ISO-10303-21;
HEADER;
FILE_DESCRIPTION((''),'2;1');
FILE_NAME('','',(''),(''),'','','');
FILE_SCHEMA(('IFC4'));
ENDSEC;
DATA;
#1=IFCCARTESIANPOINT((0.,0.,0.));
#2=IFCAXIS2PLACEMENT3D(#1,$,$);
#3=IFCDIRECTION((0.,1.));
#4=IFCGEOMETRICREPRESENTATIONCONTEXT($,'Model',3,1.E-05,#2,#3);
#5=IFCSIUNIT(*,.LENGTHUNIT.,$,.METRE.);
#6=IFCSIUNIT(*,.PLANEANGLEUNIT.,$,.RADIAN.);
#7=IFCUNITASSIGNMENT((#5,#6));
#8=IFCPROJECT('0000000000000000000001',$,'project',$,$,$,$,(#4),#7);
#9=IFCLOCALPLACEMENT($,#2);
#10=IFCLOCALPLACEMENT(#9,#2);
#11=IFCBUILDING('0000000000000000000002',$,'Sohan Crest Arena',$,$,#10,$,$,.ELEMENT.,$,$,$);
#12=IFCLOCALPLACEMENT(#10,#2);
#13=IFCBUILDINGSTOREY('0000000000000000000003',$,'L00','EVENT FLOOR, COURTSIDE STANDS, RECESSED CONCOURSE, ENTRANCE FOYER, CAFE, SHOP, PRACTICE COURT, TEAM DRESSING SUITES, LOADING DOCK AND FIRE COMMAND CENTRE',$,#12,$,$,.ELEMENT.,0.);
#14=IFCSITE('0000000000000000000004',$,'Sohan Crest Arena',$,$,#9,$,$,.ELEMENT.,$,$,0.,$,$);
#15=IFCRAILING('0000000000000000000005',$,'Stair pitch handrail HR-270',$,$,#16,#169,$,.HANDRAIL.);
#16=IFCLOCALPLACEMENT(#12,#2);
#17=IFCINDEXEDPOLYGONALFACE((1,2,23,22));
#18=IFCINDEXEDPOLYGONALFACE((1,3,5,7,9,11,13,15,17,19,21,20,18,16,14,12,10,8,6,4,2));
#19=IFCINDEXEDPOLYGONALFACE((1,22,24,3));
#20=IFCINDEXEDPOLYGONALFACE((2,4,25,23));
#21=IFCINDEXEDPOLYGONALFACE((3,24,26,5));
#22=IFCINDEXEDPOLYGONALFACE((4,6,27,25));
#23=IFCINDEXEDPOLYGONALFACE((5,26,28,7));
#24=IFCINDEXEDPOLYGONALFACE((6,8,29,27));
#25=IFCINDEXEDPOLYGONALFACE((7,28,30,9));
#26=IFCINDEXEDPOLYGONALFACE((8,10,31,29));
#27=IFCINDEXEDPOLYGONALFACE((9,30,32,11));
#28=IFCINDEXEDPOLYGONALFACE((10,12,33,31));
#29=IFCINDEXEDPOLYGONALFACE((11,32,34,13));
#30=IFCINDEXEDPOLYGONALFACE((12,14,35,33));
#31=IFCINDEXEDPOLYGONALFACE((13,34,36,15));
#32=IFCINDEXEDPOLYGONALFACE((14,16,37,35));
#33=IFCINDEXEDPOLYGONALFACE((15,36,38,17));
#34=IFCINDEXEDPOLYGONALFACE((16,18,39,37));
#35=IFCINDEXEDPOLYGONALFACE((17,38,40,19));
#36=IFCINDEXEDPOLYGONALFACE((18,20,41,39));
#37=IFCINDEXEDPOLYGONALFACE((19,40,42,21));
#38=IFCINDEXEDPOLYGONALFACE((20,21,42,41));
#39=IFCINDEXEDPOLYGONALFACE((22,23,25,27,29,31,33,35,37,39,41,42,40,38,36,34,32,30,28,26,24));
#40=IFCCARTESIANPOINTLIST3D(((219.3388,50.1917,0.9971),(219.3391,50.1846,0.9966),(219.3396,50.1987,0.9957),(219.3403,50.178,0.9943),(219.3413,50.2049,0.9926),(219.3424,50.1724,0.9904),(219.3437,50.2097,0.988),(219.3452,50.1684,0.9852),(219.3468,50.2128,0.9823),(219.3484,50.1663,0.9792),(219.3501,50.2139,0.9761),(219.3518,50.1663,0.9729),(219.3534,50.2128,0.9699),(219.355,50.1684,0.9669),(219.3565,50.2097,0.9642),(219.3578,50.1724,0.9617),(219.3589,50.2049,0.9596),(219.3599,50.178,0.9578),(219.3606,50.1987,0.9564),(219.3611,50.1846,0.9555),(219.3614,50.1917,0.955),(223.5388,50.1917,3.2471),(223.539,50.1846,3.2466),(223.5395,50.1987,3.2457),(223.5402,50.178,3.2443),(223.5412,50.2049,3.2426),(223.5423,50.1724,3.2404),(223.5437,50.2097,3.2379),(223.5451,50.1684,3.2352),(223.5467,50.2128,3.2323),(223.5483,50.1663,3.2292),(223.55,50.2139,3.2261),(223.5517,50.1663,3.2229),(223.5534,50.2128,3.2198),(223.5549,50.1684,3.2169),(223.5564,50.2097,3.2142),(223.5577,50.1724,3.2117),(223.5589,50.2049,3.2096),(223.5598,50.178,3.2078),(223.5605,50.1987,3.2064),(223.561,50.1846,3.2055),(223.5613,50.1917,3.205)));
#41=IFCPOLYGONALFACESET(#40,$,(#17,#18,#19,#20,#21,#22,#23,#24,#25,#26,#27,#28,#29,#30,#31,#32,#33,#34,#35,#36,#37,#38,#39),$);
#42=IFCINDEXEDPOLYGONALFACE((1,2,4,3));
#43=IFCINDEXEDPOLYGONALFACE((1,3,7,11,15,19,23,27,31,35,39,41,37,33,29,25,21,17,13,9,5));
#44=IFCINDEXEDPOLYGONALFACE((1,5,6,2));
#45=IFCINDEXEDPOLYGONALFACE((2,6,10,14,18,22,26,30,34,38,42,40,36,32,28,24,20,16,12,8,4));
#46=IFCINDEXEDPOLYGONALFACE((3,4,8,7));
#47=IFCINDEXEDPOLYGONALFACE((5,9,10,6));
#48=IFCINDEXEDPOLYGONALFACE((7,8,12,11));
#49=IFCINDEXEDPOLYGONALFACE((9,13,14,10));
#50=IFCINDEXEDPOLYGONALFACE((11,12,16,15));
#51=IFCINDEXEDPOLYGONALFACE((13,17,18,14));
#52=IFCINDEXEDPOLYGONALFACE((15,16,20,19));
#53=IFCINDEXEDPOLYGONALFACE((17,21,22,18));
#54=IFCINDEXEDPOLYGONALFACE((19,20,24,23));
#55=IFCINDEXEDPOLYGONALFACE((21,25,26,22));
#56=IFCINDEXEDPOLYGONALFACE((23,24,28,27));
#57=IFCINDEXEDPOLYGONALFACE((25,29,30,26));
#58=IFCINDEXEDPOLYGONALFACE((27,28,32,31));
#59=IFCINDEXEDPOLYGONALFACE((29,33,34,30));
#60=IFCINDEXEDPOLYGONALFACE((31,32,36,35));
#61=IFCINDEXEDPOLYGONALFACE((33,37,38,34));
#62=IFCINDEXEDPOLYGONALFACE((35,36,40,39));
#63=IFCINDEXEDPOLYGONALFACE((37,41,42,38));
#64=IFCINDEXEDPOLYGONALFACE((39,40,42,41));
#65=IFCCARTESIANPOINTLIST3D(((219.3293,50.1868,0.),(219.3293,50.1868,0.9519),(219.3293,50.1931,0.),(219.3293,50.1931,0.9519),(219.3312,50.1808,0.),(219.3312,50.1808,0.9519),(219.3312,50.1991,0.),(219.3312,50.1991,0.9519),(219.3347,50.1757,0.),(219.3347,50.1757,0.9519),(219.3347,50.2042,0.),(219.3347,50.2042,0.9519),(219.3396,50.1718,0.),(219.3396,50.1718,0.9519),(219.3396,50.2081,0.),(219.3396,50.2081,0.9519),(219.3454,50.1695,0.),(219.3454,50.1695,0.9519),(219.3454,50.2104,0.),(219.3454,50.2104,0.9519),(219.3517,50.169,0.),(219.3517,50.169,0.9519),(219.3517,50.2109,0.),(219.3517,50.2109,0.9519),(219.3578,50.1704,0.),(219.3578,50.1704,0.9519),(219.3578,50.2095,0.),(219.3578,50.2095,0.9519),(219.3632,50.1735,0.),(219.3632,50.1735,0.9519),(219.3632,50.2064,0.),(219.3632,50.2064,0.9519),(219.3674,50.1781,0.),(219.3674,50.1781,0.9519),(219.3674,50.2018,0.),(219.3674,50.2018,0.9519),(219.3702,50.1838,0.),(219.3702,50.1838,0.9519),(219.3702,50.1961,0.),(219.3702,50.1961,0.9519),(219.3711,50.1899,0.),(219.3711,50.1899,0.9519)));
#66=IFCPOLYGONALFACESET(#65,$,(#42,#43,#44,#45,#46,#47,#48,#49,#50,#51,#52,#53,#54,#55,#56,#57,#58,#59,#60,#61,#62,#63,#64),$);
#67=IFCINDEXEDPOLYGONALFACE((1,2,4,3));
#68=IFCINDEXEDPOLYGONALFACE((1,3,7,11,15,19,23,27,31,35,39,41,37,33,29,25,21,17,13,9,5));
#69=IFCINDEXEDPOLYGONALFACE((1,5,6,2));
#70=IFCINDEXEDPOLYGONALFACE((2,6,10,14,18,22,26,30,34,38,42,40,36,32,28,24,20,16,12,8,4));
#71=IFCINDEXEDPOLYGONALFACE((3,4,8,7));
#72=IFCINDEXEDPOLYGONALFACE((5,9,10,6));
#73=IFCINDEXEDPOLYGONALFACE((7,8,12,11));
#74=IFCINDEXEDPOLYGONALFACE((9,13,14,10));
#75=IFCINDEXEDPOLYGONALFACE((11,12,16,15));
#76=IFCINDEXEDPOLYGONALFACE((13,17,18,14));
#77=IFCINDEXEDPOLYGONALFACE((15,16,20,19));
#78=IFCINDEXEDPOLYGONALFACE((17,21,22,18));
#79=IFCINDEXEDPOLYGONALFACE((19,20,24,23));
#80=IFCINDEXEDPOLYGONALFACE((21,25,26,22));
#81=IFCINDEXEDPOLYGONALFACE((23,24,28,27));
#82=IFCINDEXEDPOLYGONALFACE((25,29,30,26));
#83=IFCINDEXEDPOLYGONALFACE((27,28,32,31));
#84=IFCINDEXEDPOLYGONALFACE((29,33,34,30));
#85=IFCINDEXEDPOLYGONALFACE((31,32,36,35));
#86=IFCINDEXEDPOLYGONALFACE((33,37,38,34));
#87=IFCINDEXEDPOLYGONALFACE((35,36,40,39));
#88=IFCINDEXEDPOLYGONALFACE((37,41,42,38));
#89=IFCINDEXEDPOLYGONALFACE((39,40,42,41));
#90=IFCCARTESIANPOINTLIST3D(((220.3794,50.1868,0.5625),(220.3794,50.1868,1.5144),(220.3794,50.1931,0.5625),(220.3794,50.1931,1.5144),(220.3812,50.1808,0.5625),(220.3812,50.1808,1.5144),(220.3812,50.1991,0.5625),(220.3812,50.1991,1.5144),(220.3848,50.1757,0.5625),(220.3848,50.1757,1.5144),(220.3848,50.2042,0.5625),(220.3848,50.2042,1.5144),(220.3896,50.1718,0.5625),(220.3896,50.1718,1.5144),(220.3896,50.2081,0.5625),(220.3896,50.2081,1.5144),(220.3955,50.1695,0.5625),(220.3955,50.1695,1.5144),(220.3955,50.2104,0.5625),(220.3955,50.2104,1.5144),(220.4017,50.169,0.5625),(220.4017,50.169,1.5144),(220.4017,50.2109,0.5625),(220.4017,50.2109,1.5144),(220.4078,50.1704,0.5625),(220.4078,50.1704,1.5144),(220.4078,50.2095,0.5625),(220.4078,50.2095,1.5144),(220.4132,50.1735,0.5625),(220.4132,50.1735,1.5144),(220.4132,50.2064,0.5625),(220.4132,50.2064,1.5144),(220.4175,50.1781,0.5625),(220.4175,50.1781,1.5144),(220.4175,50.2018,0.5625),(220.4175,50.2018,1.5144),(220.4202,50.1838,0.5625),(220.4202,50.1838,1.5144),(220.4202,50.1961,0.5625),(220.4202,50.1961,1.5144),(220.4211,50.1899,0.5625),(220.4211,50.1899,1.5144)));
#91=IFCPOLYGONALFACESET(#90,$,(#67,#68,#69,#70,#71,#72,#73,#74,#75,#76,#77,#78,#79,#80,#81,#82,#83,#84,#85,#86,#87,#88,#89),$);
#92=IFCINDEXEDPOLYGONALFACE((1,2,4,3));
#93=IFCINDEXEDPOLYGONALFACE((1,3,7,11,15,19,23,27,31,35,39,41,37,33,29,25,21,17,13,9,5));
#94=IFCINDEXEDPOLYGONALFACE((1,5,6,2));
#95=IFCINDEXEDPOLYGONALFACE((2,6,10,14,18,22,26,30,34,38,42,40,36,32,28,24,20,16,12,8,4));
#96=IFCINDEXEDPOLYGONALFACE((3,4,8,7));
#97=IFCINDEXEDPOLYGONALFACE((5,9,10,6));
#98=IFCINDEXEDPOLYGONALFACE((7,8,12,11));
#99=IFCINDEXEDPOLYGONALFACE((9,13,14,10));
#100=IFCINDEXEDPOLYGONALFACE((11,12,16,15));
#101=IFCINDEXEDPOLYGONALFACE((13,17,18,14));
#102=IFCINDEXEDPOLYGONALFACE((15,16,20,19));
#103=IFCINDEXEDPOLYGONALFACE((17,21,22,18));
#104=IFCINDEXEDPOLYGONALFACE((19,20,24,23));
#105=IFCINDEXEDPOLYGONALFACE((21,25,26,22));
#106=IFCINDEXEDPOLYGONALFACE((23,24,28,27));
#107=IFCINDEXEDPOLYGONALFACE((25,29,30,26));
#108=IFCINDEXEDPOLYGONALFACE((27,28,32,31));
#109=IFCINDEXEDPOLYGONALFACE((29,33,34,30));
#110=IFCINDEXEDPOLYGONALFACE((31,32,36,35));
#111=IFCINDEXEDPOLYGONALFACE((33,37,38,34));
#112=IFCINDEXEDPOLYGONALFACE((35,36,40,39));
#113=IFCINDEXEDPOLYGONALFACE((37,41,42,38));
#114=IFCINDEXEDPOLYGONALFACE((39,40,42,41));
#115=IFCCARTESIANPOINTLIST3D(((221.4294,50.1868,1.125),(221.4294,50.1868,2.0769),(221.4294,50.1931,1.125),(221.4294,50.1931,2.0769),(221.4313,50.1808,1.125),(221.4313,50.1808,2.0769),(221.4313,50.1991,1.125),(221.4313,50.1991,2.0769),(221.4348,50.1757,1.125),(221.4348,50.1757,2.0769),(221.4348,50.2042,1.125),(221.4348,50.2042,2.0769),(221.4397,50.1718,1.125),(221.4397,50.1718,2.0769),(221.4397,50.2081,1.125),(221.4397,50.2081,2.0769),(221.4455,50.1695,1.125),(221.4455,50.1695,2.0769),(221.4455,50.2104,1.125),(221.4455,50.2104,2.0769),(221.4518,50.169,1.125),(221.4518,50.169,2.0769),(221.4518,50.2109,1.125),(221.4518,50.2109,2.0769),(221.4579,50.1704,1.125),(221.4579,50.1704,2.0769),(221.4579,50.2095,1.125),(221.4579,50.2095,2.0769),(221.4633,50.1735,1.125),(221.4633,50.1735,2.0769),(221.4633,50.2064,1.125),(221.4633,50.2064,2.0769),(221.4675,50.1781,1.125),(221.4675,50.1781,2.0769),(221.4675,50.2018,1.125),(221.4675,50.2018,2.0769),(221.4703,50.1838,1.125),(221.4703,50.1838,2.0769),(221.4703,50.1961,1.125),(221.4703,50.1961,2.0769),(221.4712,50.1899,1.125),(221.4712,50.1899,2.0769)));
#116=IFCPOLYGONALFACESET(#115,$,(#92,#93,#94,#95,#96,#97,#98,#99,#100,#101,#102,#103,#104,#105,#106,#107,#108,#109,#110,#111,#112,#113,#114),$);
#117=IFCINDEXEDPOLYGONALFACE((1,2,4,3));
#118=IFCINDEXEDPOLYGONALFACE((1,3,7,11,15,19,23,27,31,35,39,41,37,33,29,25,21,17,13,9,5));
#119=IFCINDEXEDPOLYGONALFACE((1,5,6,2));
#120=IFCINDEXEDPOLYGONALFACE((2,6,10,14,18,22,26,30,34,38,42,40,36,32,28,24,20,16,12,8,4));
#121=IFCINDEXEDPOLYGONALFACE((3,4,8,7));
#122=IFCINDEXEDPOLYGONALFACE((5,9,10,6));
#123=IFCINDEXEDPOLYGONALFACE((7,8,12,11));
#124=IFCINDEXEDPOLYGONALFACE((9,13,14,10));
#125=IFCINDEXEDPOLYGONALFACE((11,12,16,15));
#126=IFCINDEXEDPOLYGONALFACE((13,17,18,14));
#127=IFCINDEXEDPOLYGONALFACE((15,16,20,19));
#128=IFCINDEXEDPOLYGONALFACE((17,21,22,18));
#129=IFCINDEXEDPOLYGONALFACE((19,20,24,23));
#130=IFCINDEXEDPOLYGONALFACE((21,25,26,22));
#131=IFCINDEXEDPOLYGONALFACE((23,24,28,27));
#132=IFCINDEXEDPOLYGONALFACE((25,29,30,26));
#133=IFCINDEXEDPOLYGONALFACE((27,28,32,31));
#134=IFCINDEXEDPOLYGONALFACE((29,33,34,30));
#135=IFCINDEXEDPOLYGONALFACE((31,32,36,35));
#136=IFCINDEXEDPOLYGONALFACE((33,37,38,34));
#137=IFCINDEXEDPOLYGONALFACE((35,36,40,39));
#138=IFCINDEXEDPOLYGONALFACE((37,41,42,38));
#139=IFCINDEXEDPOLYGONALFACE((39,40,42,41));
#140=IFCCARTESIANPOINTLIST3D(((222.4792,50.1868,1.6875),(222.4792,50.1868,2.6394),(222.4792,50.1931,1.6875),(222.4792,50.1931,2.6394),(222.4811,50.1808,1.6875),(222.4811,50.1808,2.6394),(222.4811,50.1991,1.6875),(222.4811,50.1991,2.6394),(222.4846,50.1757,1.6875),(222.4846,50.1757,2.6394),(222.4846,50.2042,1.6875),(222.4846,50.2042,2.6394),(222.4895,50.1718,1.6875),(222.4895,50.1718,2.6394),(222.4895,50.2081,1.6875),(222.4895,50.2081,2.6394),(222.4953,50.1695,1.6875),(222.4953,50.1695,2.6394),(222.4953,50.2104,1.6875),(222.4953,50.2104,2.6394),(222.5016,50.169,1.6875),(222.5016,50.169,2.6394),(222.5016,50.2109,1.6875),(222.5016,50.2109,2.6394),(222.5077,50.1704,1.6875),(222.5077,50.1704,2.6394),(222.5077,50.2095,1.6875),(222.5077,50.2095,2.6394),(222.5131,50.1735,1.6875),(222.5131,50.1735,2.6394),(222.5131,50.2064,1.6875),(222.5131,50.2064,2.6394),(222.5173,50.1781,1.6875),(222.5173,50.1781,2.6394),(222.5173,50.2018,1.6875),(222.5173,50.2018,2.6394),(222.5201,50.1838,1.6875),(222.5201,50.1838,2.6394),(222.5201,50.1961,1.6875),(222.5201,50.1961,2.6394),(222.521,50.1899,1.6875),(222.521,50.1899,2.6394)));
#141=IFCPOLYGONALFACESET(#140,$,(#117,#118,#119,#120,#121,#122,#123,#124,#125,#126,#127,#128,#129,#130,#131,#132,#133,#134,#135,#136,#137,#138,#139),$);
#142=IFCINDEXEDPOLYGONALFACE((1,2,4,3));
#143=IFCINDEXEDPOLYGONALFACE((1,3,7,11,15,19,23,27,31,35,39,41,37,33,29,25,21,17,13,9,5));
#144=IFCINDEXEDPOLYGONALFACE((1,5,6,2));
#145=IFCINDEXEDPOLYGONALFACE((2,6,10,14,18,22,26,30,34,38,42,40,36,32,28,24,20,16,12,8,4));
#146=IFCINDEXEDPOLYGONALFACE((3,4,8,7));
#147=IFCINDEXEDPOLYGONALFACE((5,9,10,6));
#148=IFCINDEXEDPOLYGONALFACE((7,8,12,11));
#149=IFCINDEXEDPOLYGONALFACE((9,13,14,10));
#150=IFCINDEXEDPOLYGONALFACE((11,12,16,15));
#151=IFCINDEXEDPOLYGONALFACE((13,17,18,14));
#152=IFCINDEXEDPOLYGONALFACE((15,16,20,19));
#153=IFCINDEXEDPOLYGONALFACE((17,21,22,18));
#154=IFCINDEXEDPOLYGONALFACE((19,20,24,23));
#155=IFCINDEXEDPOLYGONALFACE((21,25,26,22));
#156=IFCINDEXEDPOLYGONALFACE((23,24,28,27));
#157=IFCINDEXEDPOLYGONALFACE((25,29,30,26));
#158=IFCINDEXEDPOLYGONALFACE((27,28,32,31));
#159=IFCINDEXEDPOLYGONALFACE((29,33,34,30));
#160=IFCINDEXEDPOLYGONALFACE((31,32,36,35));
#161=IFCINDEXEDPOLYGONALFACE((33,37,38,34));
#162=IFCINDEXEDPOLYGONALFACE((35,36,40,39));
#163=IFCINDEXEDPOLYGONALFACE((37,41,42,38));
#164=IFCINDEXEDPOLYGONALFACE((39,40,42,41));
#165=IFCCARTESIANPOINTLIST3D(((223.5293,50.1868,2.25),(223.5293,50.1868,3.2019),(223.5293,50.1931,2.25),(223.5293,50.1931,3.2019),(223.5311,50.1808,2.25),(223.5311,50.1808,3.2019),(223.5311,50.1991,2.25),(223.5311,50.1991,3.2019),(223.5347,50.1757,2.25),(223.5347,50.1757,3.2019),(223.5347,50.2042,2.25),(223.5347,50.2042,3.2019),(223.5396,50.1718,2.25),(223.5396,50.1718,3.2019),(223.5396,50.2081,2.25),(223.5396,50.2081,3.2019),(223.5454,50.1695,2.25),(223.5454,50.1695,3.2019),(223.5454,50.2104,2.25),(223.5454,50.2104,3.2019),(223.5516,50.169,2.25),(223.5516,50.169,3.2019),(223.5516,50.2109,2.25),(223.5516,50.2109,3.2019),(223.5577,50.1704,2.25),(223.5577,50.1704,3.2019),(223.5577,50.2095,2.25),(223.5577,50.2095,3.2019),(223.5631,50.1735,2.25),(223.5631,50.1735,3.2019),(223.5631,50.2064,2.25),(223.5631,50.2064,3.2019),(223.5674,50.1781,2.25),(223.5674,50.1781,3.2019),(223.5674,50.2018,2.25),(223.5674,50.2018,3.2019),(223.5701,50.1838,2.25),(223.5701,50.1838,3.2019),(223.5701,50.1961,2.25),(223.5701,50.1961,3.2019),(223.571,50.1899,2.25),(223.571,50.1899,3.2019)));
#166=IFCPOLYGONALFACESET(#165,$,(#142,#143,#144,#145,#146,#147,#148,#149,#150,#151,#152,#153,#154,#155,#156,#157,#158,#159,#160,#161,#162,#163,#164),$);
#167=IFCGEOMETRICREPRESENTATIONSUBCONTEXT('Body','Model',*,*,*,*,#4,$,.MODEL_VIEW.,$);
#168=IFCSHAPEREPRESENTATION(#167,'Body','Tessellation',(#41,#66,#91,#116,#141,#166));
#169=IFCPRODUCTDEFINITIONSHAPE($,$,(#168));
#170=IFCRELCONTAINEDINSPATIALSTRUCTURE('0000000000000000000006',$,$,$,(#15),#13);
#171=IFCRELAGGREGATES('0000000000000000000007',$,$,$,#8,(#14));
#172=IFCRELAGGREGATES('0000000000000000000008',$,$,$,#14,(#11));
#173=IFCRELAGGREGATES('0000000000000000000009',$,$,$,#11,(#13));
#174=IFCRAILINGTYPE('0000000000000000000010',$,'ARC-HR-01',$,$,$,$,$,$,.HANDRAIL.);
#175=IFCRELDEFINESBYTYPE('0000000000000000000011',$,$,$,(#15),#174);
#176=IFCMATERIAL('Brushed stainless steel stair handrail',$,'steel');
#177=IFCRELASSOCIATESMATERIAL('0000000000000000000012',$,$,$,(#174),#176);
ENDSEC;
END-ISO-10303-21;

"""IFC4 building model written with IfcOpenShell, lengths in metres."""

from ifc_helpers import new_model, si_unit, direction, frame, origin, origin_2d, place, context, subcontext, project, spatial, circle, extrude, material, type_object, element, save


model = new_model("IFC4")

# Units and contexts
model_context = context("Model", 3, precision=1e-05, world=origin(), true_north=direction((0.0, 1.0)))
body_context = subcontext(model_context, "Body", "Model", "MODEL_VIEW")
ifc_project = project(units=[si_unit("LENGTHUNIT", "METRE"), si_unit("PLANEANGLEUNIT", "RADIAN")], contexts=[model_context])

# Site, building, storey
site_placement = place(None, origin())
site = spatial("IfcSite", under=ifc_project, at=site_placement, Name="Sohan Crest Arena", CompositionType="ELEMENT", RefElevation=0.0)
building_placement = place(site_placement, origin())
building = spatial("IfcBuilding", under=site, at=building_placement, Name="Sohan Crest Arena", CompositionType="ELEMENT")
storey_placement = place(building_placement, origin())
storey = spatial("IfcBuildingStorey", under=building, at=storey_placement, Name="L00", Description="EVENT FLOOR, COURTSIDE STANDS, RECESSED CONCOURSE, ENTRANCE FOYER, CAFE, SHOP, PRACTICE COURT, TEAM DRESSING SUITES, LOADING DOCK AND FIRE COMMAND CENTRE", CompositionType="ELEMENT", Elevation=0.0)

# Railing
ifc_material_1 = material(Name="Brushed stainless steel stair handrail", Category="steel")
railing_type_1 = type_object("IfcRailingType", Name="ARC-HR-01", PredefinedType="HANDRAIL", material=ifc_material_1)
for number, where, name in (
    (1, (219.3501, 50.1899, 0.0), "Stair pitch handrail HR-270"),
):
    element("IfcRailing", number, at=place(storey_placement, frame(where)), inside=storey, type_object=railing_type_1, Name=name, PredefinedType="HANDRAIL", context=body_context, shape_type="SweptSolid", body=[
        extrude(circle(Radius=0.0239, at=origin_2d()), frame((0.0, 0.0, 0.9761), z_axis=(0.881478, 0.0, 0.472226), x_axis=(0.0, 1.0, 0.0)), (0.0, 0.0, 1.0), 4.7646),
        extrude(circle(Radius=0.021, at=origin_2d()), origin(), (0.0, 0.0, 1.0), 0.9519),
        extrude(circle(Radius=0.021, at=origin_2d()), frame((1.05, 0.0, 0.5625)), (0.0, 0.0, 1.0), 0.9519),
        extrude(circle(Radius=0.021, at=origin_2d()), frame((2.1001, 0.0, 1.125)), (0.0, 0.0, 1.0), 0.9519),
        extrude(circle(Radius=0.021, at=origin_2d()), frame((3.1499, 0.0, 1.6875)), (0.0, 0.0, 1.0), 0.9519),
        extrude(circle(Radius=0.021, at=origin_2d()), frame((4.2, 0.0, 2.25)), (0.0, 0.0, 1.0), 0.9519),
    ])

save(model, "model.ifc")
